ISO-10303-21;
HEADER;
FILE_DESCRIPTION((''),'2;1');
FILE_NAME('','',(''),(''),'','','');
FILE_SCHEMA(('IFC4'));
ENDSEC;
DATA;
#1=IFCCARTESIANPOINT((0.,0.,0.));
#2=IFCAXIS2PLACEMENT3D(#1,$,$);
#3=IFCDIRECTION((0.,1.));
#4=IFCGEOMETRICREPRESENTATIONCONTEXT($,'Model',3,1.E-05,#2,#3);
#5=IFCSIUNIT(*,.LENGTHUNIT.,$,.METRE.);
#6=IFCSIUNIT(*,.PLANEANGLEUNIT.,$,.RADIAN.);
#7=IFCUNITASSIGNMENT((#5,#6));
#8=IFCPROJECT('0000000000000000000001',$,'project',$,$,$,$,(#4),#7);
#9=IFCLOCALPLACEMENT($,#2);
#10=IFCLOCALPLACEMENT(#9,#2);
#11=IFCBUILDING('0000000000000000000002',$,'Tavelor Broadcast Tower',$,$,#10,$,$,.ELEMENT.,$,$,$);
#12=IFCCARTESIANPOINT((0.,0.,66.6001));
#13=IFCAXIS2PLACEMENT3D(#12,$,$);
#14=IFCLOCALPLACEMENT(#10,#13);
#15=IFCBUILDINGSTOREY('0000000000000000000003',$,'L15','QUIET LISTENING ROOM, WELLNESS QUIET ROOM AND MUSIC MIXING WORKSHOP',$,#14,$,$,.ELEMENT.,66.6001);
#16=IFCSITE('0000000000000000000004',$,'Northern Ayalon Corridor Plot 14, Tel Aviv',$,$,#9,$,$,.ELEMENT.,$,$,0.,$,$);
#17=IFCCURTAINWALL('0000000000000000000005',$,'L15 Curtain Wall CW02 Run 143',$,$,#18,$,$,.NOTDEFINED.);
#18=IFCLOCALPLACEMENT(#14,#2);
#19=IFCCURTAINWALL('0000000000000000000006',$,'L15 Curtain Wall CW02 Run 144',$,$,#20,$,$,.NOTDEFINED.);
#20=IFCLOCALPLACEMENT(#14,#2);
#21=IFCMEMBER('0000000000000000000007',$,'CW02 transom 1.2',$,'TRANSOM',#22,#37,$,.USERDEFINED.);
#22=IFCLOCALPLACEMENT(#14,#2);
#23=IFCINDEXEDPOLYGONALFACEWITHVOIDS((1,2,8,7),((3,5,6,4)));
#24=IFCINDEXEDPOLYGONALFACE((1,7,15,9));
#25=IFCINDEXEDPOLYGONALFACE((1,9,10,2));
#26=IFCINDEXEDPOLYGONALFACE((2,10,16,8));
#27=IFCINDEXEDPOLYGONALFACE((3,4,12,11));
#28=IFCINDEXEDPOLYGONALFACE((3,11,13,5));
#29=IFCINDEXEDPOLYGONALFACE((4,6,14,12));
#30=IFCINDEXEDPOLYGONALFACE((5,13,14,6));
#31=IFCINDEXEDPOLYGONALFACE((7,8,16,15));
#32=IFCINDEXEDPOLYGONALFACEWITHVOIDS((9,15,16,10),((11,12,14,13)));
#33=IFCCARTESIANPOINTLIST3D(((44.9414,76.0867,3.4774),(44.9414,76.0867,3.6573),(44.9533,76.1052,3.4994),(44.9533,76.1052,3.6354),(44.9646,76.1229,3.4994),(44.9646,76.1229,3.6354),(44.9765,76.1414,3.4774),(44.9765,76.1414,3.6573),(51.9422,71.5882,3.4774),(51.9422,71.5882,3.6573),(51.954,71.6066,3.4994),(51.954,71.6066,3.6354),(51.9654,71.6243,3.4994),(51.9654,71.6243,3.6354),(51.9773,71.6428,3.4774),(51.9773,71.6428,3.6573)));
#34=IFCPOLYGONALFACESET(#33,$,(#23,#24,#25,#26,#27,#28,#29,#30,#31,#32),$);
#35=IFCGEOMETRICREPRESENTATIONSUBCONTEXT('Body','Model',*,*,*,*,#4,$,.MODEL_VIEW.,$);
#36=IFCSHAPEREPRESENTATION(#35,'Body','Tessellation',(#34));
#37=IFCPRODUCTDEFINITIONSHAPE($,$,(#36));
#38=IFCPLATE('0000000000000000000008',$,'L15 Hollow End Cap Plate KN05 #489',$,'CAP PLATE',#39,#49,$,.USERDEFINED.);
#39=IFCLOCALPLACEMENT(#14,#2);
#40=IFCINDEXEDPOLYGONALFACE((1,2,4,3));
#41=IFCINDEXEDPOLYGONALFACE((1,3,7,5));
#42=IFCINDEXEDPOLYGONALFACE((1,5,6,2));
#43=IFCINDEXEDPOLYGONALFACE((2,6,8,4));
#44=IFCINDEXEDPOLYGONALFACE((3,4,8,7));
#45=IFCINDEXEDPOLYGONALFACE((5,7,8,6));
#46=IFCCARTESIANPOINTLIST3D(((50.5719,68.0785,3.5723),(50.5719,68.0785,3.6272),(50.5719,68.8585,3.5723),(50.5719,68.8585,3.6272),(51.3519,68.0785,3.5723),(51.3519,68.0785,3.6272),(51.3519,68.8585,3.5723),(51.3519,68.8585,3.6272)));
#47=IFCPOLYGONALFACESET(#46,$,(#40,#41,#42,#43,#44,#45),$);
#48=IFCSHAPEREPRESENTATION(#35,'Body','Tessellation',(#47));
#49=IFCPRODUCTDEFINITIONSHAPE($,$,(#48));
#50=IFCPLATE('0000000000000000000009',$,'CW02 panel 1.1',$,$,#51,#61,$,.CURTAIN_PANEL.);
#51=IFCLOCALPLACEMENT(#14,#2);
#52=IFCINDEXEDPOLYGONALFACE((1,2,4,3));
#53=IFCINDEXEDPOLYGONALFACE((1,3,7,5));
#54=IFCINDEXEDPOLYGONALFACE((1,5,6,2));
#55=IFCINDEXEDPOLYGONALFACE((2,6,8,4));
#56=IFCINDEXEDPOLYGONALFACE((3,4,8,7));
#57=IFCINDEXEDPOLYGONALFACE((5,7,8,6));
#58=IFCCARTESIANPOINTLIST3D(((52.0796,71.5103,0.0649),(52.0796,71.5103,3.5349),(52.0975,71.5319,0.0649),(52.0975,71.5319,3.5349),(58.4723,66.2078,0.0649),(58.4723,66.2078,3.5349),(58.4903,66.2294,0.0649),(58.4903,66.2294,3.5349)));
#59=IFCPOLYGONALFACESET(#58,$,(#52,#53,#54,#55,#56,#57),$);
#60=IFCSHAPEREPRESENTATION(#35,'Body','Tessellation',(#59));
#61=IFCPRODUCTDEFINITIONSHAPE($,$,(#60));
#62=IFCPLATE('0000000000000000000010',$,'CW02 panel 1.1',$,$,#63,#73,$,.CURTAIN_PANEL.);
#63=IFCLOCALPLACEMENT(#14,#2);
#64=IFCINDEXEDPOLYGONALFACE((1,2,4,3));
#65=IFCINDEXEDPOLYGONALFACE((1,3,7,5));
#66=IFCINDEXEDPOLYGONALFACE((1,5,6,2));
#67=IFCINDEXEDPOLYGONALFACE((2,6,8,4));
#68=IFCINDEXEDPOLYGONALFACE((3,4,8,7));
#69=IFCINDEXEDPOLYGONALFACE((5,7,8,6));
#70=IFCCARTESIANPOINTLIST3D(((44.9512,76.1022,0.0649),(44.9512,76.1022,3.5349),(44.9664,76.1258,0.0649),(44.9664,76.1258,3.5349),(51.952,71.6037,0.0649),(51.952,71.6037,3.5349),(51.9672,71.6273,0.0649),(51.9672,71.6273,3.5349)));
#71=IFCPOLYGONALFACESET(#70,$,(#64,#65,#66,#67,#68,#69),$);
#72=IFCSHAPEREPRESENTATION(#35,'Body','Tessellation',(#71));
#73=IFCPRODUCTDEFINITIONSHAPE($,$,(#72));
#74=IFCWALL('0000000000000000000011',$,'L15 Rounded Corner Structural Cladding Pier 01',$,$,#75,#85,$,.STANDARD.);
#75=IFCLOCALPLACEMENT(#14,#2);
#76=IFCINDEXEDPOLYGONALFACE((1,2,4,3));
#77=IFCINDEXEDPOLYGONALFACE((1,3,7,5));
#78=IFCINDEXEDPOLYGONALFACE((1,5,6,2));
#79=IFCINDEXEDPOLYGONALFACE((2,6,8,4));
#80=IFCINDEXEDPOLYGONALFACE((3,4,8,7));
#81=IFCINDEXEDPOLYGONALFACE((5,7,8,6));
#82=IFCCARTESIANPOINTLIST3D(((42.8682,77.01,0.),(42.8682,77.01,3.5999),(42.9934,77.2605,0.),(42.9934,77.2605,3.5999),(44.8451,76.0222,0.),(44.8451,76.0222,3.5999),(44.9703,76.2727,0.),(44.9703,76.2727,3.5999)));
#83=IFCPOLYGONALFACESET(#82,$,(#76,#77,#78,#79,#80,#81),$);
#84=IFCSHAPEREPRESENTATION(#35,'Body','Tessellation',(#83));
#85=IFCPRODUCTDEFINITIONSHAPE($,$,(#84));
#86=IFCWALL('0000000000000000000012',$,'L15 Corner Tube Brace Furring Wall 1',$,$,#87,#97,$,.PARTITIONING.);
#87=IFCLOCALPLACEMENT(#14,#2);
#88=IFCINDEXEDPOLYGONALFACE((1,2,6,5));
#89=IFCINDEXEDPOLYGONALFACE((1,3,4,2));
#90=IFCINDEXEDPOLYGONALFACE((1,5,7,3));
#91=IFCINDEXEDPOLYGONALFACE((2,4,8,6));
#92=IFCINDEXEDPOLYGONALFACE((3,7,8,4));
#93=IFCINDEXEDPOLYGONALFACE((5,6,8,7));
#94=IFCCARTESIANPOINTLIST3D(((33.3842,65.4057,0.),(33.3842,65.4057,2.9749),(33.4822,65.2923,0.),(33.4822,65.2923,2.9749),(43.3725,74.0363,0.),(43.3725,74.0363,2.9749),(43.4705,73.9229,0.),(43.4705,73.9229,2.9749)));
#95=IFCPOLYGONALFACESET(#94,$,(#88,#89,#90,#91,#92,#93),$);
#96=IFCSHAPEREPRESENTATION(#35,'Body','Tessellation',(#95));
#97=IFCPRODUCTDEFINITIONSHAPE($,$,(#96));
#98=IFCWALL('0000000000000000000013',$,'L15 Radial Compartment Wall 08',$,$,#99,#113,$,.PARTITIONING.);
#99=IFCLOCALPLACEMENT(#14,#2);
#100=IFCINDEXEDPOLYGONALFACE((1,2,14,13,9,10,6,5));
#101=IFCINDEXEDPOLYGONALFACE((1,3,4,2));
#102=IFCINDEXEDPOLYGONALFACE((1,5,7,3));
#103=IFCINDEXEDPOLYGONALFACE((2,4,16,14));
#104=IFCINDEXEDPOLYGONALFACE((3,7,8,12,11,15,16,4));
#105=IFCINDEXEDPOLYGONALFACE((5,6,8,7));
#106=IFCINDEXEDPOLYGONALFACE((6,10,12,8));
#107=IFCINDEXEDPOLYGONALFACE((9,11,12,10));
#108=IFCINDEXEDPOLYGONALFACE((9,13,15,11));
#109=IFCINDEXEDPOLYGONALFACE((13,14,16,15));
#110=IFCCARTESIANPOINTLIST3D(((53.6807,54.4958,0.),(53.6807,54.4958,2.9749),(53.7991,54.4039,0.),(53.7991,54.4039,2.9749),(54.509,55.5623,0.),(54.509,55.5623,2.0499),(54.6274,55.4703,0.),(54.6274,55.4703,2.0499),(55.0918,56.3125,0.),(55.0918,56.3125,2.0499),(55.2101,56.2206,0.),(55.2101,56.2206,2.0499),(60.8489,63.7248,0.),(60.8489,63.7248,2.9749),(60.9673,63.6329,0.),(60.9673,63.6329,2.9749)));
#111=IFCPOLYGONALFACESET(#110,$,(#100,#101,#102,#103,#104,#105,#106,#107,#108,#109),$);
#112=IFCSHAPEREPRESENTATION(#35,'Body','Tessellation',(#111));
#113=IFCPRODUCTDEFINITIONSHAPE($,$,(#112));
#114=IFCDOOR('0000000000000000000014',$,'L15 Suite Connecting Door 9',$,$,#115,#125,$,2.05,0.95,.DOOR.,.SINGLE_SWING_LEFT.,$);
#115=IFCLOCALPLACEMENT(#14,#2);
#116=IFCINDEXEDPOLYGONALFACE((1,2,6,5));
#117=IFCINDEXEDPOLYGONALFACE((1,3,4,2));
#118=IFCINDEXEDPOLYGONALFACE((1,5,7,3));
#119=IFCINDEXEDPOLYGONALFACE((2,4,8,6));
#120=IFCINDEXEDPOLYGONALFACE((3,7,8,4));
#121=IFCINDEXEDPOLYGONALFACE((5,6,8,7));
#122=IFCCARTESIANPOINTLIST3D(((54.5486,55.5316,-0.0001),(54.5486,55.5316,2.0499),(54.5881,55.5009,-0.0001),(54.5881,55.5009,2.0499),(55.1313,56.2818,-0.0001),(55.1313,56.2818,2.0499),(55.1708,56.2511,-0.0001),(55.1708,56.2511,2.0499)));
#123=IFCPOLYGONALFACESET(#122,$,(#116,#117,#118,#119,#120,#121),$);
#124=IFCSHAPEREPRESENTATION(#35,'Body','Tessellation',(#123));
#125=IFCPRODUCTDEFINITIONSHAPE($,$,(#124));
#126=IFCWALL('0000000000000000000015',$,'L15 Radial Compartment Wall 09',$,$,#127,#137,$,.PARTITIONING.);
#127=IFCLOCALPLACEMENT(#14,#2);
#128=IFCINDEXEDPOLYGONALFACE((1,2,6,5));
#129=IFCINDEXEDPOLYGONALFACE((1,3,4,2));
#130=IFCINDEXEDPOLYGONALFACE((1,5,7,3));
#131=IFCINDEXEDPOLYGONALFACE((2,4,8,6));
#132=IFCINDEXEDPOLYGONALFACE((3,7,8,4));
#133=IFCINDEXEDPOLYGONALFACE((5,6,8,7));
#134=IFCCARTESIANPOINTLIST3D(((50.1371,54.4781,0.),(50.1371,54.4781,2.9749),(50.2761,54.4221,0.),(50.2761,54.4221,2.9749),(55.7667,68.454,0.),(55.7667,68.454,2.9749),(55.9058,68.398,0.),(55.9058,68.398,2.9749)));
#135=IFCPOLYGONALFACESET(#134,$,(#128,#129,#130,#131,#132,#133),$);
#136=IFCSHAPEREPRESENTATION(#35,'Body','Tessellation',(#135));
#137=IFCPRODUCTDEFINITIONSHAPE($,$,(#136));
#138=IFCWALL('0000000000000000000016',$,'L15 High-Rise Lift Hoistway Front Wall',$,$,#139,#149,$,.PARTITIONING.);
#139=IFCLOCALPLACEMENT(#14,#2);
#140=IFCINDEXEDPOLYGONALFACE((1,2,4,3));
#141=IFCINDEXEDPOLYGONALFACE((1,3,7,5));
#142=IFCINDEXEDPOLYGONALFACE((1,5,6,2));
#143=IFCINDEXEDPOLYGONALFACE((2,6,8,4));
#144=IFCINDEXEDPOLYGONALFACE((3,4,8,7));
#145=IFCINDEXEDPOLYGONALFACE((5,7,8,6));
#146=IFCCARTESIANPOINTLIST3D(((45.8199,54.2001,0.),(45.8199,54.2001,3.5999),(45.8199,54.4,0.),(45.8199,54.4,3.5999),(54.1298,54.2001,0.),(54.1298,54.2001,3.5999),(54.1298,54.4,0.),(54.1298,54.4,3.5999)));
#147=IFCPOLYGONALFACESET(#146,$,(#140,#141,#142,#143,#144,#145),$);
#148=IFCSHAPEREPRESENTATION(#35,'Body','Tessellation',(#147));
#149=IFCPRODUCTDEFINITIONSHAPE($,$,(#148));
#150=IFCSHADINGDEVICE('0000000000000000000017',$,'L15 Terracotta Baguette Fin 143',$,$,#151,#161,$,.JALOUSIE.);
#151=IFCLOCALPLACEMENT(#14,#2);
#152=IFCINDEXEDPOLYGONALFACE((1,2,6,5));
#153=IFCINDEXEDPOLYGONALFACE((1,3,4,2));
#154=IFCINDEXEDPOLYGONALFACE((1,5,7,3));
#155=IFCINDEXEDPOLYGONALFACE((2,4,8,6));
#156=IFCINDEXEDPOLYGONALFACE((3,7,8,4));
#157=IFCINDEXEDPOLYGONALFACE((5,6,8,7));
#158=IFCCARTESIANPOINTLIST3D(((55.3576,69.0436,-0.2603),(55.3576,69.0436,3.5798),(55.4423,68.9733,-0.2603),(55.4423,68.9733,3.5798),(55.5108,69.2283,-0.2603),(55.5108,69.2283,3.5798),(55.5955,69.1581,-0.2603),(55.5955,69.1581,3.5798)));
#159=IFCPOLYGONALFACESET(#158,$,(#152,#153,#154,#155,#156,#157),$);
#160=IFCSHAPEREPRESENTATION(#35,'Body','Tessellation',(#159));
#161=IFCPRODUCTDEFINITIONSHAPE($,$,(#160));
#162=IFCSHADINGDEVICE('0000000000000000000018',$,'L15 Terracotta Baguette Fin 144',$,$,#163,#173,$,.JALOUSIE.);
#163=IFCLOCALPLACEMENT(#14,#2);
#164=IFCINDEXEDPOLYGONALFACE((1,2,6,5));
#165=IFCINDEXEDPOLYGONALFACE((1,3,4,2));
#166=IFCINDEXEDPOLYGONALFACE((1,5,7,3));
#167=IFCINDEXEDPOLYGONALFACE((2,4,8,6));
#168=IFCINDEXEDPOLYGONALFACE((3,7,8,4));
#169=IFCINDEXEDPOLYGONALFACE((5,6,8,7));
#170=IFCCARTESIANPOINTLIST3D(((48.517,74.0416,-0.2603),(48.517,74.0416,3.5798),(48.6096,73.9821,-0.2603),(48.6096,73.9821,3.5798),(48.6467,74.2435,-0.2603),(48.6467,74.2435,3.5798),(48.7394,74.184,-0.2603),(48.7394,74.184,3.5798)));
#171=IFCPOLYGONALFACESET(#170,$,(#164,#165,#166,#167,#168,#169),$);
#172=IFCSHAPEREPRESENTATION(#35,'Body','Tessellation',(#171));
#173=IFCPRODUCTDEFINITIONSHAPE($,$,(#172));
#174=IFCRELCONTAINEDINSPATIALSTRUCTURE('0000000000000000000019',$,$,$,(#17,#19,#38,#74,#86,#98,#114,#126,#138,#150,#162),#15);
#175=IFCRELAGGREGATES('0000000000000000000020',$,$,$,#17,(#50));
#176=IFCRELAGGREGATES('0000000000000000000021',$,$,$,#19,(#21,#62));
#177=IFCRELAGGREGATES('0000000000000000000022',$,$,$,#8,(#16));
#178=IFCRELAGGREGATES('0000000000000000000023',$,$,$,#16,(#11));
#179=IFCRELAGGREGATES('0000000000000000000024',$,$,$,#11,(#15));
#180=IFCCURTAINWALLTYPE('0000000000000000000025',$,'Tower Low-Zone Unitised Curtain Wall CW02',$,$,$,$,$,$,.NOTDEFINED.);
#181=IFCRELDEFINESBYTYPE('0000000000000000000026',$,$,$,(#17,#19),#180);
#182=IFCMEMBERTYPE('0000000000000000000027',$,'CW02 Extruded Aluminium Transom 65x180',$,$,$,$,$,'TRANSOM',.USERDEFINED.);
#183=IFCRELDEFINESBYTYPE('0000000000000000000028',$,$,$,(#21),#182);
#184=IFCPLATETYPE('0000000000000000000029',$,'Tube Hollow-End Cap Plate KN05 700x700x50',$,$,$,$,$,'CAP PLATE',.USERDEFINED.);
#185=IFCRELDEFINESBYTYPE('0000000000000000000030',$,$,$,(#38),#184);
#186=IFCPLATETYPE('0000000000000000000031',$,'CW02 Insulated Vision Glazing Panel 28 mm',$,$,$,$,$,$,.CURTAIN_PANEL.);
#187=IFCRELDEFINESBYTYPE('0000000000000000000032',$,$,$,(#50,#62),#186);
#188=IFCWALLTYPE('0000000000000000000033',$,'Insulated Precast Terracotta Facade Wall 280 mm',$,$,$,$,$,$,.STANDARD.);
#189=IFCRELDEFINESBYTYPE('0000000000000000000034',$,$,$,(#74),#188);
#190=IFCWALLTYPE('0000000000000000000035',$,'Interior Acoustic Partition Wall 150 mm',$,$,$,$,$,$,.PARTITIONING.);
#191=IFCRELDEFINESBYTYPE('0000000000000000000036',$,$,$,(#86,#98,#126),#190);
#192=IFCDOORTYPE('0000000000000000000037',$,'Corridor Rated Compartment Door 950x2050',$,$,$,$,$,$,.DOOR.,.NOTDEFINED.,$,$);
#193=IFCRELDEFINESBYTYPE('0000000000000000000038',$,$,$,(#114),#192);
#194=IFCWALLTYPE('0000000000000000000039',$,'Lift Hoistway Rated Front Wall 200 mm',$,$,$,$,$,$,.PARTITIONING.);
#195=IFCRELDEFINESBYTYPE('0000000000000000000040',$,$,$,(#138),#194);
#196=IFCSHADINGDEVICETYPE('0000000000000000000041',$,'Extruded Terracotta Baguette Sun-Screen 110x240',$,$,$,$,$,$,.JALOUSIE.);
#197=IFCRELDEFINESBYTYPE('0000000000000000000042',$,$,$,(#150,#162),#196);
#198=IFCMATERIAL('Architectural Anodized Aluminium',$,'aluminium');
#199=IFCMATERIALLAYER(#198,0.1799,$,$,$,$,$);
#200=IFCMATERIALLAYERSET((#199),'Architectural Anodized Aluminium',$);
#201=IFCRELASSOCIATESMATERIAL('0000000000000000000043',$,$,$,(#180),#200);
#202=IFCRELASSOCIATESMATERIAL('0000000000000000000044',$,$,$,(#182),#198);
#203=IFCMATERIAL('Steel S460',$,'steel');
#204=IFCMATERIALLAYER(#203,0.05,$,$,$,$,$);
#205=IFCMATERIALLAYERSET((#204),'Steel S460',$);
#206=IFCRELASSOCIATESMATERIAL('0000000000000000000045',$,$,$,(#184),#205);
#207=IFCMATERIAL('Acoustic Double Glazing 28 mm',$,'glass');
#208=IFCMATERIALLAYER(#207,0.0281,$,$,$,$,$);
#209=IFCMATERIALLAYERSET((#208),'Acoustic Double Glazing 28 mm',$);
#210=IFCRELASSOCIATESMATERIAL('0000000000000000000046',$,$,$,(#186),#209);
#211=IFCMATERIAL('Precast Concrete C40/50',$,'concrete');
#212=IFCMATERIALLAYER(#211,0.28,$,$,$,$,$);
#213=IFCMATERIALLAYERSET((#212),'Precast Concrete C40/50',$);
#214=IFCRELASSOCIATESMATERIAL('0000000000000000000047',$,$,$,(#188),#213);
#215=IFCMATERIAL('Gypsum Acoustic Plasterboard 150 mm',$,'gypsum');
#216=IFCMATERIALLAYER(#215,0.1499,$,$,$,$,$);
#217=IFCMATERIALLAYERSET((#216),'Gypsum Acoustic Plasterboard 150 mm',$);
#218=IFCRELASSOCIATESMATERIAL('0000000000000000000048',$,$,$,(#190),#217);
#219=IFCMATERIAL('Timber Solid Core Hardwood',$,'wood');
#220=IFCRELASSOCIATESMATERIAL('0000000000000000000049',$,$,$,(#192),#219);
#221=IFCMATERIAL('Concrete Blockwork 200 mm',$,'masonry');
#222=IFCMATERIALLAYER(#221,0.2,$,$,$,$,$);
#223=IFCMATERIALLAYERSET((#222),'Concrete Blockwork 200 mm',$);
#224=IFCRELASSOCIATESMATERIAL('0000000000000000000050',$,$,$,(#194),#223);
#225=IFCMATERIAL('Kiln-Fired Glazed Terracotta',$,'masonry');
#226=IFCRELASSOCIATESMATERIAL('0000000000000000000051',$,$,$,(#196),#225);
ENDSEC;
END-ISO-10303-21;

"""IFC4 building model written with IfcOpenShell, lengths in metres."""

from ifc_helpers import new_model, si_unit, direction, frame, frame_2d, origin, origin_2d, place, context, subcontext, project, spatial, rectangle, hollow_rectangle, extrude, source, transform, mapped, material, layer, layer_set, material_profile, profile_set, type_object, type_shapes, element, fill, aggregate, save


model = new_model("IFC4")

# Units and contexts
model_context = context("Model", 3, precision=1e-05, world=origin(), true_north=direction((0.0, 1.0)))
body_context = subcontext(model_context, "Body", "Model", "MODEL_VIEW")
ifc_project = project(units=[si_unit("LENGTHUNIT", "METRE"), si_unit("PLANEANGLEUNIT", "RADIAN")], contexts=[model_context])

# Site, building, storey
site_placement = place(None, origin())
site = spatial("IfcSite", under=ifc_project, at=site_placement, Name="Northern Ayalon Corridor Plot 14, Tel Aviv", CompositionType="ELEMENT", RefElevation=0.0)
building_placement = place(site_placement, origin())
building = spatial("IfcBuilding", under=site, at=building_placement, Name="Tavelor Broadcast Tower", CompositionType="ELEMENT")
storey_placement = place(building_placement, frame((0.0, 0.0, 66.6001)))
storey = spatial("IfcBuildingStorey", under=building, at=storey_placement, Name="L15", Description="QUIET LISTENING ROOM, WELLNESS QUIET ROOM AND MUSIC MIXING WORKSHOP", CompositionType="ELEMENT", Elevation=66.6001)

# Shared definitions
ifc_material_1 = material(Name="Steel S460", Category="steel")

# Curtain wall
ifc_material_2 = material(Name="Architectural Anodized Aluminium", Category="aluminium")
ifc_layer_1 = layer(ifc_material_2, 0.1799)
ifc_layer_set_1 = layer_set([ifc_layer_1], Name="Architectural Anodized Aluminium")
curtain_wall_type = type_object("IfcCurtainWallType", Name="Tower Low-Zone Unitised Curtain Wall CW02", PredefinedType="NOTDEFINED", material=ifc_layer_set_1)
curtain_wall_1_placement = place(storey_placement, origin())
curtain_wall_1 = element("IfcCurtainWall", 1, at=curtain_wall_1_placement, inside=storey, type_object=curtain_wall_type, Name="L15 Curtain Wall CW02 Run 143", PredefinedType="NOTDEFINED")

# Curtain wall, member
curtain_wall_2_placement = place(storey_placement, origin())
curtain_wall_2 = element("IfcCurtainWall", 2, at=curtain_wall_2_placement, inside=storey, type_object=curtain_wall_type, Name="L15 Curtain Wall CW02 Run 144", PredefinedType="NOTDEFINED")
ifc_material_profile_1 = material_profile(ifc_material_2, hollow_rectangle(XDim=0.0649, YDim=0.1799, WallThickness=0.022, at=origin_2d()), Name="RHS 65x180x22")
ifc_profile_set_1 = profile_set([ifc_material_profile_1], Name="Architectural Anodized Aluminium")
member_type_1 = type_object("IfcMemberType", Name="CW02 Extruded Aluminium Transom 65x180", ElementType="TRANSOM", PredefinedType="USERDEFINED", material=ifc_profile_set_1)
shared_shape_1 = source(origin(), body_context, "Body", "SweptSolid", [
    extrude(hollow_rectangle(XDim=0.0649, YDim=0.1799, WallThickness=0.022, at=origin_2d()), origin(), (0.0, 0.0, 1.0), 8.3215),
])
type_shapes(member_type_1, [shared_shape_1])
member_1_placement = place(storey_placement, frame((51.9597, 71.6155, 3.5674), z_axis=(-0.841284, 0.540593, 0.0), x_axis=(-0.540593, -0.841284, 0.0)))
member_1 = element("IfcMember", 3, at=member_1_placement, type_object=member_type_1, Name="CW02 transom 1.2", ObjectType="TRANSOM", PredefinedType="USERDEFINED", context=body_context, shape_type="MappedRepresentation", body=[
    mapped(shared_shape_1, transform((0.0, 0.0, 0.0), scale=1.0)),
])

# Plates
ifc_layer_2 = layer(ifc_material_1, 0.05)
ifc_layer_set_2 = layer_set([ifc_layer_2], Name="Steel S460")
plate_type_1 = type_object("IfcPlateType", Name="Tube Hollow-End Cap Plate KN05 700x700x50", ElementType="CAP PLATE", PredefinedType="USERDEFINED", material=ifc_layer_set_2)
shared_shape_2 = source(origin(), body_context, "Body", "SweptSolid", [
    extrude(rectangle(XDim=0.78, YDim=0.78, at=origin_2d()), origin(), (0.0, 0.0, 1.0), 0.0549),
])
type_shapes(plate_type_1, [shared_shape_2])
plate_1_placement = place(storey_placement, frame((50.9619, 68.4685, 3.5723), z_axis=(0.0, 0.0, 1.0), x_axis=(1.0, 0.0, 0.0)))
element("IfcPlate", 4, at=plate_1_placement, inside=storey, type_object=plate_type_1, Name="L15 Hollow End Cap Plate KN05 #489", ObjectType="CAP PLATE", PredefinedType="USERDEFINED", context=body_context, shape_type="MappedRepresentation", body=[
    mapped(shared_shape_2, transform((0.0, 0.0, 0.0), scale=1.0)),
])
ifc_material_3 = material(Name="Acoustic Double Glazing 28 mm", Category="glass")
ifc_layer_3 = layer(ifc_material_3, 0.0281)
ifc_layer_set_3 = layer_set([ifc_layer_3], Name="Acoustic Double Glazing 28 mm")
plate_type_2 = type_object("IfcPlateType", Name="CW02 Insulated Vision Glazing Panel 28 mm", PredefinedType="CURTAIN_PANEL", material=ifc_layer_set_3)
shared_shape_3 = source(origin(), body_context, "Body", "SweptSolid", [
    extrude(rectangle(XDim=8.3057, YDim=0.0281, at=origin_2d()), origin(), (0.0, 0.0, 1.0), 3.47),
])
plate_2_placement = place(storey_placement, frame((55.2849, 68.8699, 0.0649), z_axis=(0.0, 0.0, 1.0), x_axis=(-0.769686, 0.638422, 0.0)))
plate_2 = element("IfcPlate", 5, at=plate_2_placement, type_object=plate_type_2, Name="CW02 panel 1.1", PredefinedType="CURTAIN_PANEL", context=body_context, shape_type="MappedRepresentation", body=[
    mapped(shared_shape_3, transform((0.0, 0.0, 0.0), scale=1.0)),
])
aggregate(curtain_wall_1, [plate_2])
shared_shape_4 = source(origin(), body_context, "Body", "SweptSolid", [
    extrude(rectangle(XDim=8.3215, YDim=0.0281, at=origin_2d()), origin(), (0.0, 0.0, 1.0), 3.47),
])
type_shapes(plate_type_2, [shared_shape_3, shared_shape_4])
plate_3_placement = place(storey_placement, frame((48.4592, 73.8647, 0.0649), z_axis=(0.0, 0.0, 1.0), x_axis=(-0.841285, 0.540592, 0.0)))
plate_3 = element("IfcPlate", 6, at=plate_3_placement, type_object=plate_type_2, Name="CW02 panel 1.1", PredefinedType="CURTAIN_PANEL", context=body_context, shape_type="MappedRepresentation", body=[
    mapped(shared_shape_4, transform((0.0, 0.0, 0.0), scale=1.0)),
])
aggregate(curtain_wall_2, [member_1, plate_3])

# Walls
ifc_material_4 = material(Name="Precast Concrete C40/50", Category="concrete")
ifc_layer_4 = layer(ifc_material_4, 0.28)
ifc_layer_set_4 = layer_set([ifc_layer_4], Name="Precast Concrete C40/50")
wall_type_1 = type_object("IfcWallType", Name="Insulated Precast Terracotta Facade Wall 280 mm", PredefinedType="STANDARD", material=ifc_layer_set_4)
wall_1_placement = place(storey_placement, frame((44.9077, 76.1475, 0.0), z_axis=(0.0, 0.0, 1.0), x_axis=(-0.894538, 0.446993, 0.0)))
element("IfcWall", 7, at=wall_1_placement, inside=storey, type_object=wall_type_1, Name="L15 Rounded Corner Structural Cladding Pier 01", PredefinedType="STANDARD", context=body_context, shape_type="SweptSolid", body=[
    extrude(rectangle(XDim=2.21, YDim=0.28, at=frame_2d((1.105, 0.0))), origin(), (0.0, 0.0, 1.0), 3.5999),
])
ifc_material_5 = material(Name="Gypsum Acoustic Plasterboard 150 mm", Category="gypsum")
ifc_layer_5 = layer(ifc_material_5, 0.1499)
ifc_layer_set_5 = layer_set([ifc_layer_5], Name="Gypsum Acoustic Plasterboard 150 mm")
wall_type_2 = type_object("IfcWallType", Name="Interior Acoustic Partition Wall 150 mm", PredefinedType="PARTITIONING", material=ifc_layer_set_5)
wall_2_placement = place(storey_placement, frame((43.4214, 73.9795, 0.0), z_axis=(0.0, 0.0, 1.0), x_axis=(-0.756659, -0.65381, 0.0)))
element("IfcWall", 8, at=wall_2_placement, inside=storey, type_object=wall_type_2, Name="L15 Corner Tube Brace Furring Wall 1", PredefinedType="PARTITIONING", context=body_context, shape_type="SweptSolid", body=[
    extrude(rectangle(XDim=13.2004, YDim=0.1499, at=frame_2d((6.6001, 0.0))), origin(), (0.0, 0.0, 1.0), 2.9749),
])

# Wall, opening, door
wall_3_placement = place(storey_placement, frame((53.74, 54.45, 0.0), z_axis=(0.0, 0.0, 1.0), x_axis=(0.613413, 0.789763, 0.0)))
wall_3 = element("IfcWall", 9, at=wall_3_placement, inside=storey, type_object=wall_type_2, Name="L15 Radial Compartment Wall 08", PredefinedType="PARTITIONING", context=body_context, shape_type="SweptSolid", body=[
    extrude(rectangle(XDim=11.6858, YDim=0.1499, at=frame_2d((5.8428, 0.0))), origin(), (0.0, 0.0, 1.0), 2.9749),
])
opening_placement = place(wall_3_placement, frame((1.3501, 0.0, 0.0)))
opening = element("IfcOpeningElement", 10, at=opening_placement, cuts=wall_3, PredefinedType="OPENING", context=body_context, shape_type="SweptSolid", body=[
    extrude(rectangle(XDim=0.95, YDim=2.05, at=frame_2d((0.4751, 1.0249))), frame((0.0, 0.085, 0.0), z_axis=(0.0, -1.0, 0.0), x_axis=(1.0, 0.0, 0.0)), (0.0, 0.0, 1.0), 0.1699),
])
ifc_material_6 = material(Name="Timber Solid Core Hardwood", Category="wood")
door_type = type_object("IfcDoorType", Name="Corridor Rated Compartment Door 950x2050", OperationType="NOTDEFINED", PredefinedType="DOOR", material=ifc_material_6)
door_placement = place(opening_placement, origin())
door = element("IfcDoor", 11, at=door_placement, inside=storey, type_object=door_type, Name="L15 Suite Connecting Door 9", OperationType="SINGLE_SWING_LEFT", OverallHeight=2.05, OverallWidth=0.95, PredefinedType="DOOR", context=body_context, shape_type="SweptSolid", body=[
    extrude(rectangle(XDim=0.95, YDim=2.05, at=frame_2d((0.4751, 1.0249))), frame((0.0, 0.0249, 0.0), z_axis=(0.0, -1.0, 0.0), x_axis=(1.0, 0.0, 0.0)), (0.0, 0.0, 1.0), 0.05),
])
fill(opening, door)

# Walls
wall_4_placement = place(storey_placement, frame((50.2065, 54.45, 0.0), z_axis=(0.0, 0.0, 1.0), x_axis=(0.373639, 0.927574, 0.0)))
element("IfcWall", 12, at=wall_4_placement, inside=storey, type_object=wall_type_2, Name="L15 Radial Compartment Wall 09", PredefinedType="PARTITIONING", context=body_context, shape_type="SweptSolid", body=[
    extrude(rectangle(XDim=15.0671, YDim=0.1499, at=frame_2d((7.5337, 0.0))), origin(), (0.0, 0.0, 1.0), 2.9749),
])
ifc_material_7 = material(Name="Concrete Blockwork 200 mm", Category="masonry")
ifc_layer_6 = layer(ifc_material_7, 0.2)
ifc_layer_set_6 = layer_set([ifc_layer_6], Name="Concrete Blockwork 200 mm")
wall_type_3 = type_object("IfcWallType", Name="Lift Hoistway Rated Front Wall 200 mm", PredefinedType="PARTITIONING", material=ifc_layer_set_6)
wall_5_placement = place(storey_placement, frame((45.8201, 54.3, 0.0), z_axis=(0.0, 0.0, 1.0), x_axis=(1.0, 0.0, 0.0)))
element("IfcWall", 13, at=wall_5_placement, inside=storey, type_object=wall_type_3, Name="L15 High-Rise Lift Hoistway Front Wall", PredefinedType="PARTITIONING", context=body_context, shape_type="SweptSolid", body=[
    extrude(rectangle(XDim=8.3098, YDim=0.2, at=frame_2d((4.1548, 0.0))), origin(), (0.0, 0.0, 1.0), 3.5999),
])

# Shading devices
ifc_material_8 = material(Name="Kiln-Fired Glazed Terracotta", Category="masonry")
shading_device_type = type_object("IfcShadingDeviceType", Name="Extruded Terracotta Baguette Sun-Screen 110x240", PredefinedType="JALOUSIE", material=ifc_material_8)
shared_shape_5 = source(origin(), body_context, "Body", "SweptSolid", [
    extrude(rectangle(XDim=0.1101, YDim=0.24, at=origin_2d()), origin(), (0.0, 0.0, 1.0), 3.8401),
])
type_shapes(shading_device_type, [shared_shape_5])
for number, where, z_axis, x_axis, name in (
    (14, (55.4766, 69.1008, -0.2603), (0.0, 0.0, 1.0), (-0.769734, 0.638365, 0.0), "L15 Terracotta Baguette Fin 143"),
    (15, (48.6282, 74.1128, -0.2603), (0.0, 0.0, 1.0), (-0.841322, 0.540534, 0.0), "L15 Terracotta Baguette Fin 144"),
):
    element("IfcShadingDevice", number, at=place(storey_placement, frame(where, z_axis=z_axis, x_axis=x_axis)), inside=storey, type_object=shading_device_type, Name=name, PredefinedType="JALOUSIE", context=body_context, shape_type="MappedRepresentation", body=[
        mapped(shared_shape_5, transform((0.0, 0.0, 0.0), scale=1.0)),
    ])

save(model, "model.ifc")
